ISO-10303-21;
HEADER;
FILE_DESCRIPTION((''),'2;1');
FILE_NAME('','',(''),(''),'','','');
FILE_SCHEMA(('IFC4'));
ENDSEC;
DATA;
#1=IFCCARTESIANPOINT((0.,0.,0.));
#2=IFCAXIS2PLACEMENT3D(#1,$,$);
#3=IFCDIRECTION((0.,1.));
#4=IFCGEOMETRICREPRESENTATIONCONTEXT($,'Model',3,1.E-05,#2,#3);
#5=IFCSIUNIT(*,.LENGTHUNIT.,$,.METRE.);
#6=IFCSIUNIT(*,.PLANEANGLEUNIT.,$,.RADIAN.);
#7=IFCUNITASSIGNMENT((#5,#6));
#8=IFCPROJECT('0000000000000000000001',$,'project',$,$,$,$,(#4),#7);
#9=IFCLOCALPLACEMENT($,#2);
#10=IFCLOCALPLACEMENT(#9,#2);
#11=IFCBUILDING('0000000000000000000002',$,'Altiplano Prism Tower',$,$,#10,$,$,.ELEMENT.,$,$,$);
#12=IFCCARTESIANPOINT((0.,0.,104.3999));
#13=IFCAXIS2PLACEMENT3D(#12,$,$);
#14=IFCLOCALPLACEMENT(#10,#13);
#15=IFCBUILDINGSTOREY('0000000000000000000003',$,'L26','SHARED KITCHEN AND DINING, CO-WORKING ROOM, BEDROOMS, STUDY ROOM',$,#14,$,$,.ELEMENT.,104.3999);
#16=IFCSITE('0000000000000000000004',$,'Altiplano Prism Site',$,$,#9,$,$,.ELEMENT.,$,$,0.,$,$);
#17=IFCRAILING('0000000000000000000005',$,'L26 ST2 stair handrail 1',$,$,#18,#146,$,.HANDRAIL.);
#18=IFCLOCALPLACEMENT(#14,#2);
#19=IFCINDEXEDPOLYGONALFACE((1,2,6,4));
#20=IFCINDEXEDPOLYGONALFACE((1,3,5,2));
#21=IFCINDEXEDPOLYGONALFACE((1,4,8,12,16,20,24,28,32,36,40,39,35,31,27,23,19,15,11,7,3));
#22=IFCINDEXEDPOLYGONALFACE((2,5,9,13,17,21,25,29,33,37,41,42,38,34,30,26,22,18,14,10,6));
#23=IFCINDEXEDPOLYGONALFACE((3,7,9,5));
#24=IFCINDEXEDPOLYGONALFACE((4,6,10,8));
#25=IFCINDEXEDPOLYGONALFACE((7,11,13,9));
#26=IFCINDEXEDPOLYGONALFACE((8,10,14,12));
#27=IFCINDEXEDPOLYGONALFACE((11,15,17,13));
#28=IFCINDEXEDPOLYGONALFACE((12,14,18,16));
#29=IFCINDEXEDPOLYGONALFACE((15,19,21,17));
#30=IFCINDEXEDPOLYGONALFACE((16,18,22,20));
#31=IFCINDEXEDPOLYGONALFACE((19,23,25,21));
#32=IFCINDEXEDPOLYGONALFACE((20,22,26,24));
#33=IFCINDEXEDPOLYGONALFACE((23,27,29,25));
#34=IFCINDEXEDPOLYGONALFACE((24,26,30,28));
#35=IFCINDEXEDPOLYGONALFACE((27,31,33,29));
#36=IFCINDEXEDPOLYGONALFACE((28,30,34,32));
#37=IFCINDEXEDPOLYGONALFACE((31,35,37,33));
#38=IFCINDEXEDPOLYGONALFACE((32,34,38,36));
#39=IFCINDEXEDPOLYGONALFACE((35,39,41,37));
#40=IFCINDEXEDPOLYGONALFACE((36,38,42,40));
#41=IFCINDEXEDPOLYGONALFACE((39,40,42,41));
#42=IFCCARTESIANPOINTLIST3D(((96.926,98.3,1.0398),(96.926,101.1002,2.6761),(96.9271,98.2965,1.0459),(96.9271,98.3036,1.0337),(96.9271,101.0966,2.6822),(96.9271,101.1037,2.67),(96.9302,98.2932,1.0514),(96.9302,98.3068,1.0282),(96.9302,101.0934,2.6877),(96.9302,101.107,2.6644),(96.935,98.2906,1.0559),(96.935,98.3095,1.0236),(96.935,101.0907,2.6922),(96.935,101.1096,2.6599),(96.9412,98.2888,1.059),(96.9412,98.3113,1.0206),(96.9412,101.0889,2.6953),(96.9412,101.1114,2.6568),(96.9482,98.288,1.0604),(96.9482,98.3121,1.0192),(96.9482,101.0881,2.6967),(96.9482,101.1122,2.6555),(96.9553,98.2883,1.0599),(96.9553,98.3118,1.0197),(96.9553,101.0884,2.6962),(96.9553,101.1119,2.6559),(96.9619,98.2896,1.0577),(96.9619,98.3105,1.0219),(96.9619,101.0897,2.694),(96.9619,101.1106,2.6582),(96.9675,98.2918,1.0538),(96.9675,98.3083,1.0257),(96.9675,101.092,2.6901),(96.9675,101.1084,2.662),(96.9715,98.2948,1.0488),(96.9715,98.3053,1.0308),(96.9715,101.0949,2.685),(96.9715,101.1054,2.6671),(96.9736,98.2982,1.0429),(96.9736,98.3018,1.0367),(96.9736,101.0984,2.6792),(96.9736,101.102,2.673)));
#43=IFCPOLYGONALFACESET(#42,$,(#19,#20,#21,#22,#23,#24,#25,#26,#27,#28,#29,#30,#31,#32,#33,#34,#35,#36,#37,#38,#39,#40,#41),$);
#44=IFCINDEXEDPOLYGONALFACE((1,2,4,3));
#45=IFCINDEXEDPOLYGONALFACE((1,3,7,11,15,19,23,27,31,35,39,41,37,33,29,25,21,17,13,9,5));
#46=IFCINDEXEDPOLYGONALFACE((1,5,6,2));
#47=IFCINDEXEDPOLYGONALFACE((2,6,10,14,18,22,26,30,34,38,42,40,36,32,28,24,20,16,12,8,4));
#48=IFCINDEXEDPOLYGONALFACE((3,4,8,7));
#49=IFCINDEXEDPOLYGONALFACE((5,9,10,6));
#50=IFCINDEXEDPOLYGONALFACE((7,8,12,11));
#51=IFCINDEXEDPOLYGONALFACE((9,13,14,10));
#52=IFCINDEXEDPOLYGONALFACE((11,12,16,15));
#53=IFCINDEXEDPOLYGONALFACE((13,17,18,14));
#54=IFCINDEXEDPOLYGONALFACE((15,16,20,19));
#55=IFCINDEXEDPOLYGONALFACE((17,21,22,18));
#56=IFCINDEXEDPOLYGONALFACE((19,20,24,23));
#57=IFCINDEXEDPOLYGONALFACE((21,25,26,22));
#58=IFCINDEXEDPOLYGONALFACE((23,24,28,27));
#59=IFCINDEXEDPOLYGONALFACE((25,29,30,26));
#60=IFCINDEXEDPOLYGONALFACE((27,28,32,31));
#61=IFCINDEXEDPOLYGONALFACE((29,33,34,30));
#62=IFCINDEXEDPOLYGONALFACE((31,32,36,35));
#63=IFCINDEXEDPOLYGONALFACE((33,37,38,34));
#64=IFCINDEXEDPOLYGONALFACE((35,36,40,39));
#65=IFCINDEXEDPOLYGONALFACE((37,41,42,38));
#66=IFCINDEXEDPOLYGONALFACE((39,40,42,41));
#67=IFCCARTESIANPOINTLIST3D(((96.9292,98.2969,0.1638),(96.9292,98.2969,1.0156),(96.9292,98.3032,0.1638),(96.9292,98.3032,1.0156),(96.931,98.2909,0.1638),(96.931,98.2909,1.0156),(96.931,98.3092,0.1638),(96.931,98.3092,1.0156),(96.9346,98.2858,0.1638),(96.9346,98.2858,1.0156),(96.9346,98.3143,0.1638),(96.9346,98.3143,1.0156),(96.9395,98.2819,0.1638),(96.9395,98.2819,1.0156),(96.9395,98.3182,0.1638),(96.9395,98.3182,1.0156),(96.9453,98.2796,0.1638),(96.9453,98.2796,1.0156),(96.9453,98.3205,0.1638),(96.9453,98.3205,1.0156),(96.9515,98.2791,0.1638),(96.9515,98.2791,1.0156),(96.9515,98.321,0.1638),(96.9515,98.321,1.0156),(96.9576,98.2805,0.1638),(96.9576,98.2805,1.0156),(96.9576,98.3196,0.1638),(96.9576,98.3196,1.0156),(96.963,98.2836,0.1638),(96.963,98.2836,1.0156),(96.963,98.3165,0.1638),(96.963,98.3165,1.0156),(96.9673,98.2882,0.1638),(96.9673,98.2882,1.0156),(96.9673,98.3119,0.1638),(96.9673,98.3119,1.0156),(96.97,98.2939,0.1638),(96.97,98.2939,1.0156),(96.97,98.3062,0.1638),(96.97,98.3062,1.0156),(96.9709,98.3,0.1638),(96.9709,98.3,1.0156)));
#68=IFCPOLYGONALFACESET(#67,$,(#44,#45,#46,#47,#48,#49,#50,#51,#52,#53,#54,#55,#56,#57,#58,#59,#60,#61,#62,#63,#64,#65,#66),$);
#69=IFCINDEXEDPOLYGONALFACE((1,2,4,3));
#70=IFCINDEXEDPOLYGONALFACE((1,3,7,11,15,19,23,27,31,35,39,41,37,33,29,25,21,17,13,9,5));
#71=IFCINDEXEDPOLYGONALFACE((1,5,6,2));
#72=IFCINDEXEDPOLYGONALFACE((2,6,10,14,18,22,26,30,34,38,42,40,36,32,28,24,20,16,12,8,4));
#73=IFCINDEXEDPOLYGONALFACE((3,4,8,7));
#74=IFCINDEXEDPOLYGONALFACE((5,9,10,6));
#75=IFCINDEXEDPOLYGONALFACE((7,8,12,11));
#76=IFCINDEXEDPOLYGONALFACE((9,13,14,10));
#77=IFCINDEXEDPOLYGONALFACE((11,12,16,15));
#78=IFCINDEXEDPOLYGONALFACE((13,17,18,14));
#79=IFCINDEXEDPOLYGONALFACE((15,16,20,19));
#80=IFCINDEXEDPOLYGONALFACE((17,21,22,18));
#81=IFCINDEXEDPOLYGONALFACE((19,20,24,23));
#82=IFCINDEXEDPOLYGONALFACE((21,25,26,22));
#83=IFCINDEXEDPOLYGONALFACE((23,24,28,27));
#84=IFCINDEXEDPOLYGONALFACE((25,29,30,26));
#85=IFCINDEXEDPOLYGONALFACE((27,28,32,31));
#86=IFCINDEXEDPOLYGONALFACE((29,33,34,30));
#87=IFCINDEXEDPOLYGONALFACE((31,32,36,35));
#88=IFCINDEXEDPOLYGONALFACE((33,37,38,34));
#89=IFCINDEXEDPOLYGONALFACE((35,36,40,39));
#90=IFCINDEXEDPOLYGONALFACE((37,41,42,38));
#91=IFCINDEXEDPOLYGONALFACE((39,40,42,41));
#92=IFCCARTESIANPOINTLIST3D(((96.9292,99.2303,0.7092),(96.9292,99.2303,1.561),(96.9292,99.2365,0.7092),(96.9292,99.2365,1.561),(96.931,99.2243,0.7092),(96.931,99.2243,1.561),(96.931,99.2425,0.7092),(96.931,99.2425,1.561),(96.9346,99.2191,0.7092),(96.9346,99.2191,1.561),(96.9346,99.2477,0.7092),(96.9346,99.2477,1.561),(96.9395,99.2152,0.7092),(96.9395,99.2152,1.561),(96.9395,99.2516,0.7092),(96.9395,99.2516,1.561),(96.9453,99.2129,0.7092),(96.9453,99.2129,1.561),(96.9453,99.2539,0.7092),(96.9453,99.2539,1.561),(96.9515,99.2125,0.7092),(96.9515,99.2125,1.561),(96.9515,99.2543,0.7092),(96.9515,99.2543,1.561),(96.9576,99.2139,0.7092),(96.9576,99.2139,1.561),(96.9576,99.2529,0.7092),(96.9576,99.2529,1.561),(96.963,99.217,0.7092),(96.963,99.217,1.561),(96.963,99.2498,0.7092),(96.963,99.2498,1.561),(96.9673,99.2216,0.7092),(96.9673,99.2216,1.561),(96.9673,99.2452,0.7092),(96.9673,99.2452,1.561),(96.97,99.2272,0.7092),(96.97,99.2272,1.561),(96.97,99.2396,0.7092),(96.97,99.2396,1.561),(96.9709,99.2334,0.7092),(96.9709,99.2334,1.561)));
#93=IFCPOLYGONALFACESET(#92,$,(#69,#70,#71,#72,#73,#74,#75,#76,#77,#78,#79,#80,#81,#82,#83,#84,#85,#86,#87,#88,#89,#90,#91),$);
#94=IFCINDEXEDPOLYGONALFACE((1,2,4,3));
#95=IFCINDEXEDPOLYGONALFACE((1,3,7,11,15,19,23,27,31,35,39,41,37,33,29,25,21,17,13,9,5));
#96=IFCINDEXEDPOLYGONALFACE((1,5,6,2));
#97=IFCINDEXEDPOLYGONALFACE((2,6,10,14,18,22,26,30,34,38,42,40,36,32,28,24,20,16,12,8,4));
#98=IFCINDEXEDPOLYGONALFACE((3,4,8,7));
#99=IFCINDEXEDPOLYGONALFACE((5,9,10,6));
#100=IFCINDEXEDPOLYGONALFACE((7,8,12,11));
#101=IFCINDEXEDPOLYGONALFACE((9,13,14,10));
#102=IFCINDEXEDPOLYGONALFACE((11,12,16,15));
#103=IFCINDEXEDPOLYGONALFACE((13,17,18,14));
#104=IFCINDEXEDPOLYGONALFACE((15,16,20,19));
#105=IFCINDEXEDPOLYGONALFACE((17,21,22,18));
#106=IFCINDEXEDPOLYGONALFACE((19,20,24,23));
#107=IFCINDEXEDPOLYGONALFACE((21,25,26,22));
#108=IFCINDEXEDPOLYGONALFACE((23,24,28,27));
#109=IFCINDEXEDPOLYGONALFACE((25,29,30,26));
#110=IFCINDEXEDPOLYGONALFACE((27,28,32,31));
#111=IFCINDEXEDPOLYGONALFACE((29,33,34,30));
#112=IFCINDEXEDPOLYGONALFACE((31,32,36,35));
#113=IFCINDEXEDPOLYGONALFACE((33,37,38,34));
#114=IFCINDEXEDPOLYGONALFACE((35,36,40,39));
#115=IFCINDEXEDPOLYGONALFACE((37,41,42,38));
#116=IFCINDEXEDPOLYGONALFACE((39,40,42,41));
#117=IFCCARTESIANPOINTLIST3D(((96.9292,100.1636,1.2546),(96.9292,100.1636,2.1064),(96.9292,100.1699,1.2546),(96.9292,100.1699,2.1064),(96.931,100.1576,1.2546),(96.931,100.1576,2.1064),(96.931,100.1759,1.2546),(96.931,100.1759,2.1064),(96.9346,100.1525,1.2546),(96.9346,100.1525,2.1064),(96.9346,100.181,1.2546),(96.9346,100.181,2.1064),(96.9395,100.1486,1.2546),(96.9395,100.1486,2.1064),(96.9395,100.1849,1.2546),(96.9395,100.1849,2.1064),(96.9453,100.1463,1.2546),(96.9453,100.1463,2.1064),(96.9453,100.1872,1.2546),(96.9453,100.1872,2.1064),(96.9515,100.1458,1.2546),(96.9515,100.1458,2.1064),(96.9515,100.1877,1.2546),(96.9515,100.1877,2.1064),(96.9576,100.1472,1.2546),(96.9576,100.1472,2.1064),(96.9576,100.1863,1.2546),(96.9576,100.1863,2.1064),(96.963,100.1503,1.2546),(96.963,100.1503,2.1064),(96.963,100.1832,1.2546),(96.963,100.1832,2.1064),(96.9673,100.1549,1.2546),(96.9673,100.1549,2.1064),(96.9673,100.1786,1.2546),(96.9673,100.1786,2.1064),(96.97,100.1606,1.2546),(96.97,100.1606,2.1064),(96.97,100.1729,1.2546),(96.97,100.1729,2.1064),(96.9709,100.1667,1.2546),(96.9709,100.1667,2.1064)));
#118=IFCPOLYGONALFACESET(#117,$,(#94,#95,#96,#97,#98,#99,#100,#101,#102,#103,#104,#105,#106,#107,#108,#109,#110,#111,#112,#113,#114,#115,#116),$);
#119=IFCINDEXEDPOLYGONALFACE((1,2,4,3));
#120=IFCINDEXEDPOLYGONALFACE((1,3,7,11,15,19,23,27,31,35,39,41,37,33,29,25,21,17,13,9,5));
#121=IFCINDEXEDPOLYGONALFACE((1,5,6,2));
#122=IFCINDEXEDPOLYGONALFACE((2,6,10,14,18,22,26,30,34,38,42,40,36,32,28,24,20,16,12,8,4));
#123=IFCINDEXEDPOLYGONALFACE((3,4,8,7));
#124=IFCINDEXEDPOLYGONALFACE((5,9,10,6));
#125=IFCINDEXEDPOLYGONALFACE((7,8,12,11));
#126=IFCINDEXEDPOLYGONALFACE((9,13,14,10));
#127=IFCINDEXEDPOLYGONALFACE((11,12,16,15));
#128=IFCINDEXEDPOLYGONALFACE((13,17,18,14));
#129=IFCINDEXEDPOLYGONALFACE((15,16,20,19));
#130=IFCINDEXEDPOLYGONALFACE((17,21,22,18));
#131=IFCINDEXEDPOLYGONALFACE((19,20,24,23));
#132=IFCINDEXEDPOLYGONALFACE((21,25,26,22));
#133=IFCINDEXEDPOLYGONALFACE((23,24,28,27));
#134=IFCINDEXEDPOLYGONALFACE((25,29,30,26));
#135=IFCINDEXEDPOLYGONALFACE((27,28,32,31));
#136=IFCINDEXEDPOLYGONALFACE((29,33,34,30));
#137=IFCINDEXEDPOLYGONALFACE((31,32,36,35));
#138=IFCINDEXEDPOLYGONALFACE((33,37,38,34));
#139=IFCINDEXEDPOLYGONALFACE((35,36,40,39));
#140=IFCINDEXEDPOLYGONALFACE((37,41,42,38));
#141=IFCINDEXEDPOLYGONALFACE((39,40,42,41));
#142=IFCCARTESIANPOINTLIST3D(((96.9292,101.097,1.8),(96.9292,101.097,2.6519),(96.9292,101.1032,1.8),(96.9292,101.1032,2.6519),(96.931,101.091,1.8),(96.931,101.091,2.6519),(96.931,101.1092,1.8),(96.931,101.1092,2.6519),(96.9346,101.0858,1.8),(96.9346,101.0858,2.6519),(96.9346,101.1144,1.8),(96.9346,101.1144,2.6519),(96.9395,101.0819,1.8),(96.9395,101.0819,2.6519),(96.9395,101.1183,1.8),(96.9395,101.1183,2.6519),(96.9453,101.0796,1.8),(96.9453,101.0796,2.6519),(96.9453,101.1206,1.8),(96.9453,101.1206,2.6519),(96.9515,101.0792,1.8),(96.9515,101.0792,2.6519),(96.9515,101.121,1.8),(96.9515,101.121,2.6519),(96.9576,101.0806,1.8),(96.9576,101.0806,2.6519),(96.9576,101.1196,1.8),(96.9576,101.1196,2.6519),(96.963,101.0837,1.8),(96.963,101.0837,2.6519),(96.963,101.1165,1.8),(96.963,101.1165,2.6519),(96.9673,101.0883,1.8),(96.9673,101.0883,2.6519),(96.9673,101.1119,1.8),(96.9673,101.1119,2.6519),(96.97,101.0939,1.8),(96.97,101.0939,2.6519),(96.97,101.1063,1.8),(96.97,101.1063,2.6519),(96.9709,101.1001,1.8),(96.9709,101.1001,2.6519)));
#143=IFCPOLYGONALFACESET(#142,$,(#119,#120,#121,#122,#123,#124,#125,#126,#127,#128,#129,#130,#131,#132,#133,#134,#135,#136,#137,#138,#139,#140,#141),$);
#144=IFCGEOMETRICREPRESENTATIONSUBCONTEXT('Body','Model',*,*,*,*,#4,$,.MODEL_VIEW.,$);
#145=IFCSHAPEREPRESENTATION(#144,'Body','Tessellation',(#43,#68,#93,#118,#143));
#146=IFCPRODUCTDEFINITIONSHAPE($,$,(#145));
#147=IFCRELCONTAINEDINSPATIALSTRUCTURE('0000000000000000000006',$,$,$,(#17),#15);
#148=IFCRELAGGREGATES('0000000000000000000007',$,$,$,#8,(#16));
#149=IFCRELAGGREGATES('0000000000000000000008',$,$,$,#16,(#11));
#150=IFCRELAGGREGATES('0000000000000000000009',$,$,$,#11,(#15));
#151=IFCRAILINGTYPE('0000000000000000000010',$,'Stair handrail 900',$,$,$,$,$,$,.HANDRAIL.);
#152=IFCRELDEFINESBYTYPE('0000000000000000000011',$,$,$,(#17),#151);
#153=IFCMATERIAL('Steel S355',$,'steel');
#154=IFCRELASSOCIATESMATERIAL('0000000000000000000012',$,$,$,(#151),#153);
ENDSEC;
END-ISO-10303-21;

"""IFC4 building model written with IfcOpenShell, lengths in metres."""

from ifc_helpers import new_model, si_unit, direction, frame, origin, origin_2d, place, context, subcontext, project, spatial, circle, extrude, material, type_object, element, save


model = new_model("IFC4")

# Units and contexts
model_context = context("Model", 3, precision=1e-05, world=origin(), true_north=direction((0.0, 1.0)))
body_context = subcontext(model_context, "Body", "Model", "MODEL_VIEW")
ifc_project = project(units=[si_unit("LENGTHUNIT", "METRE"), si_unit("PLANEANGLEUNIT", "RADIAN")], contexts=[model_context])

# Site, building, storey
site_placement = place(None, origin())
site = spatial("IfcSite", under=ifc_project, at=site_placement, Name="Altiplano Prism Site", CompositionType="ELEMENT", RefElevation=0.0)
building_placement = place(site_placement, origin())
building = spatial("IfcBuilding", under=site, at=building_placement, Name="Altiplano Prism Tower", CompositionType="ELEMENT")
storey_placement = place(building_placement, frame((0.0, 0.0, 104.3999)))
storey = spatial("IfcBuildingStorey", under=building, at=storey_placement, Name="L26", Description="SHARED KITCHEN AND DINING, CO-WORKING ROOM, BEDROOMS, STUDY ROOM", CompositionType="ELEMENT", Elevation=104.3999)

# Railing
ifc_material_1 = material(Name="Steel S355", Category="steel")
railing_type_1 = type_object("IfcRailingType", Name="Stair handrail 900", PredefinedType="HANDRAIL", material=ifc_material_1)
railing_1_placement = place(storey_placement, frame((96.95, 98.3, 0.1638)))
element("IfcRailing", 1, at=railing_1_placement, inside=storey, type_object=railing_type_1, Name="L26 ST2 stair handrail 1", PredefinedType="HANDRAIL", context=body_context, shape_type="SweptSolid", body=[
    extrude(circle(Radius=0.0239, at=origin_2d()), frame((0.0, 0.0, 0.876), z_axis=(0.0, 0.863394, 0.504531), x_axis=(-1.0, 0.0, 0.0)), (0.0, 0.0, 1.0), 3.2432),
    extrude(circle(Radius=0.021, at=origin_2d()), origin(), (0.0, 0.0, 1.0), 0.8518),
    extrude(circle(Radius=0.021, at=origin_2d()), frame((0.0, 0.9333, 0.5454)), (0.0, 0.0, 1.0), 0.8518),
    extrude(circle(Radius=0.021, at=origin_2d()), frame((0.0, 1.8667, 1.0908)), (0.0, 0.0, 1.0), 0.8518),
    extrude(circle(Radius=0.021, at=origin_2d()), frame((0.0, 2.8, 1.6362)), (0.0, 0.0, 1.0), 0.8518),
])

save(model, "model.ifc")
